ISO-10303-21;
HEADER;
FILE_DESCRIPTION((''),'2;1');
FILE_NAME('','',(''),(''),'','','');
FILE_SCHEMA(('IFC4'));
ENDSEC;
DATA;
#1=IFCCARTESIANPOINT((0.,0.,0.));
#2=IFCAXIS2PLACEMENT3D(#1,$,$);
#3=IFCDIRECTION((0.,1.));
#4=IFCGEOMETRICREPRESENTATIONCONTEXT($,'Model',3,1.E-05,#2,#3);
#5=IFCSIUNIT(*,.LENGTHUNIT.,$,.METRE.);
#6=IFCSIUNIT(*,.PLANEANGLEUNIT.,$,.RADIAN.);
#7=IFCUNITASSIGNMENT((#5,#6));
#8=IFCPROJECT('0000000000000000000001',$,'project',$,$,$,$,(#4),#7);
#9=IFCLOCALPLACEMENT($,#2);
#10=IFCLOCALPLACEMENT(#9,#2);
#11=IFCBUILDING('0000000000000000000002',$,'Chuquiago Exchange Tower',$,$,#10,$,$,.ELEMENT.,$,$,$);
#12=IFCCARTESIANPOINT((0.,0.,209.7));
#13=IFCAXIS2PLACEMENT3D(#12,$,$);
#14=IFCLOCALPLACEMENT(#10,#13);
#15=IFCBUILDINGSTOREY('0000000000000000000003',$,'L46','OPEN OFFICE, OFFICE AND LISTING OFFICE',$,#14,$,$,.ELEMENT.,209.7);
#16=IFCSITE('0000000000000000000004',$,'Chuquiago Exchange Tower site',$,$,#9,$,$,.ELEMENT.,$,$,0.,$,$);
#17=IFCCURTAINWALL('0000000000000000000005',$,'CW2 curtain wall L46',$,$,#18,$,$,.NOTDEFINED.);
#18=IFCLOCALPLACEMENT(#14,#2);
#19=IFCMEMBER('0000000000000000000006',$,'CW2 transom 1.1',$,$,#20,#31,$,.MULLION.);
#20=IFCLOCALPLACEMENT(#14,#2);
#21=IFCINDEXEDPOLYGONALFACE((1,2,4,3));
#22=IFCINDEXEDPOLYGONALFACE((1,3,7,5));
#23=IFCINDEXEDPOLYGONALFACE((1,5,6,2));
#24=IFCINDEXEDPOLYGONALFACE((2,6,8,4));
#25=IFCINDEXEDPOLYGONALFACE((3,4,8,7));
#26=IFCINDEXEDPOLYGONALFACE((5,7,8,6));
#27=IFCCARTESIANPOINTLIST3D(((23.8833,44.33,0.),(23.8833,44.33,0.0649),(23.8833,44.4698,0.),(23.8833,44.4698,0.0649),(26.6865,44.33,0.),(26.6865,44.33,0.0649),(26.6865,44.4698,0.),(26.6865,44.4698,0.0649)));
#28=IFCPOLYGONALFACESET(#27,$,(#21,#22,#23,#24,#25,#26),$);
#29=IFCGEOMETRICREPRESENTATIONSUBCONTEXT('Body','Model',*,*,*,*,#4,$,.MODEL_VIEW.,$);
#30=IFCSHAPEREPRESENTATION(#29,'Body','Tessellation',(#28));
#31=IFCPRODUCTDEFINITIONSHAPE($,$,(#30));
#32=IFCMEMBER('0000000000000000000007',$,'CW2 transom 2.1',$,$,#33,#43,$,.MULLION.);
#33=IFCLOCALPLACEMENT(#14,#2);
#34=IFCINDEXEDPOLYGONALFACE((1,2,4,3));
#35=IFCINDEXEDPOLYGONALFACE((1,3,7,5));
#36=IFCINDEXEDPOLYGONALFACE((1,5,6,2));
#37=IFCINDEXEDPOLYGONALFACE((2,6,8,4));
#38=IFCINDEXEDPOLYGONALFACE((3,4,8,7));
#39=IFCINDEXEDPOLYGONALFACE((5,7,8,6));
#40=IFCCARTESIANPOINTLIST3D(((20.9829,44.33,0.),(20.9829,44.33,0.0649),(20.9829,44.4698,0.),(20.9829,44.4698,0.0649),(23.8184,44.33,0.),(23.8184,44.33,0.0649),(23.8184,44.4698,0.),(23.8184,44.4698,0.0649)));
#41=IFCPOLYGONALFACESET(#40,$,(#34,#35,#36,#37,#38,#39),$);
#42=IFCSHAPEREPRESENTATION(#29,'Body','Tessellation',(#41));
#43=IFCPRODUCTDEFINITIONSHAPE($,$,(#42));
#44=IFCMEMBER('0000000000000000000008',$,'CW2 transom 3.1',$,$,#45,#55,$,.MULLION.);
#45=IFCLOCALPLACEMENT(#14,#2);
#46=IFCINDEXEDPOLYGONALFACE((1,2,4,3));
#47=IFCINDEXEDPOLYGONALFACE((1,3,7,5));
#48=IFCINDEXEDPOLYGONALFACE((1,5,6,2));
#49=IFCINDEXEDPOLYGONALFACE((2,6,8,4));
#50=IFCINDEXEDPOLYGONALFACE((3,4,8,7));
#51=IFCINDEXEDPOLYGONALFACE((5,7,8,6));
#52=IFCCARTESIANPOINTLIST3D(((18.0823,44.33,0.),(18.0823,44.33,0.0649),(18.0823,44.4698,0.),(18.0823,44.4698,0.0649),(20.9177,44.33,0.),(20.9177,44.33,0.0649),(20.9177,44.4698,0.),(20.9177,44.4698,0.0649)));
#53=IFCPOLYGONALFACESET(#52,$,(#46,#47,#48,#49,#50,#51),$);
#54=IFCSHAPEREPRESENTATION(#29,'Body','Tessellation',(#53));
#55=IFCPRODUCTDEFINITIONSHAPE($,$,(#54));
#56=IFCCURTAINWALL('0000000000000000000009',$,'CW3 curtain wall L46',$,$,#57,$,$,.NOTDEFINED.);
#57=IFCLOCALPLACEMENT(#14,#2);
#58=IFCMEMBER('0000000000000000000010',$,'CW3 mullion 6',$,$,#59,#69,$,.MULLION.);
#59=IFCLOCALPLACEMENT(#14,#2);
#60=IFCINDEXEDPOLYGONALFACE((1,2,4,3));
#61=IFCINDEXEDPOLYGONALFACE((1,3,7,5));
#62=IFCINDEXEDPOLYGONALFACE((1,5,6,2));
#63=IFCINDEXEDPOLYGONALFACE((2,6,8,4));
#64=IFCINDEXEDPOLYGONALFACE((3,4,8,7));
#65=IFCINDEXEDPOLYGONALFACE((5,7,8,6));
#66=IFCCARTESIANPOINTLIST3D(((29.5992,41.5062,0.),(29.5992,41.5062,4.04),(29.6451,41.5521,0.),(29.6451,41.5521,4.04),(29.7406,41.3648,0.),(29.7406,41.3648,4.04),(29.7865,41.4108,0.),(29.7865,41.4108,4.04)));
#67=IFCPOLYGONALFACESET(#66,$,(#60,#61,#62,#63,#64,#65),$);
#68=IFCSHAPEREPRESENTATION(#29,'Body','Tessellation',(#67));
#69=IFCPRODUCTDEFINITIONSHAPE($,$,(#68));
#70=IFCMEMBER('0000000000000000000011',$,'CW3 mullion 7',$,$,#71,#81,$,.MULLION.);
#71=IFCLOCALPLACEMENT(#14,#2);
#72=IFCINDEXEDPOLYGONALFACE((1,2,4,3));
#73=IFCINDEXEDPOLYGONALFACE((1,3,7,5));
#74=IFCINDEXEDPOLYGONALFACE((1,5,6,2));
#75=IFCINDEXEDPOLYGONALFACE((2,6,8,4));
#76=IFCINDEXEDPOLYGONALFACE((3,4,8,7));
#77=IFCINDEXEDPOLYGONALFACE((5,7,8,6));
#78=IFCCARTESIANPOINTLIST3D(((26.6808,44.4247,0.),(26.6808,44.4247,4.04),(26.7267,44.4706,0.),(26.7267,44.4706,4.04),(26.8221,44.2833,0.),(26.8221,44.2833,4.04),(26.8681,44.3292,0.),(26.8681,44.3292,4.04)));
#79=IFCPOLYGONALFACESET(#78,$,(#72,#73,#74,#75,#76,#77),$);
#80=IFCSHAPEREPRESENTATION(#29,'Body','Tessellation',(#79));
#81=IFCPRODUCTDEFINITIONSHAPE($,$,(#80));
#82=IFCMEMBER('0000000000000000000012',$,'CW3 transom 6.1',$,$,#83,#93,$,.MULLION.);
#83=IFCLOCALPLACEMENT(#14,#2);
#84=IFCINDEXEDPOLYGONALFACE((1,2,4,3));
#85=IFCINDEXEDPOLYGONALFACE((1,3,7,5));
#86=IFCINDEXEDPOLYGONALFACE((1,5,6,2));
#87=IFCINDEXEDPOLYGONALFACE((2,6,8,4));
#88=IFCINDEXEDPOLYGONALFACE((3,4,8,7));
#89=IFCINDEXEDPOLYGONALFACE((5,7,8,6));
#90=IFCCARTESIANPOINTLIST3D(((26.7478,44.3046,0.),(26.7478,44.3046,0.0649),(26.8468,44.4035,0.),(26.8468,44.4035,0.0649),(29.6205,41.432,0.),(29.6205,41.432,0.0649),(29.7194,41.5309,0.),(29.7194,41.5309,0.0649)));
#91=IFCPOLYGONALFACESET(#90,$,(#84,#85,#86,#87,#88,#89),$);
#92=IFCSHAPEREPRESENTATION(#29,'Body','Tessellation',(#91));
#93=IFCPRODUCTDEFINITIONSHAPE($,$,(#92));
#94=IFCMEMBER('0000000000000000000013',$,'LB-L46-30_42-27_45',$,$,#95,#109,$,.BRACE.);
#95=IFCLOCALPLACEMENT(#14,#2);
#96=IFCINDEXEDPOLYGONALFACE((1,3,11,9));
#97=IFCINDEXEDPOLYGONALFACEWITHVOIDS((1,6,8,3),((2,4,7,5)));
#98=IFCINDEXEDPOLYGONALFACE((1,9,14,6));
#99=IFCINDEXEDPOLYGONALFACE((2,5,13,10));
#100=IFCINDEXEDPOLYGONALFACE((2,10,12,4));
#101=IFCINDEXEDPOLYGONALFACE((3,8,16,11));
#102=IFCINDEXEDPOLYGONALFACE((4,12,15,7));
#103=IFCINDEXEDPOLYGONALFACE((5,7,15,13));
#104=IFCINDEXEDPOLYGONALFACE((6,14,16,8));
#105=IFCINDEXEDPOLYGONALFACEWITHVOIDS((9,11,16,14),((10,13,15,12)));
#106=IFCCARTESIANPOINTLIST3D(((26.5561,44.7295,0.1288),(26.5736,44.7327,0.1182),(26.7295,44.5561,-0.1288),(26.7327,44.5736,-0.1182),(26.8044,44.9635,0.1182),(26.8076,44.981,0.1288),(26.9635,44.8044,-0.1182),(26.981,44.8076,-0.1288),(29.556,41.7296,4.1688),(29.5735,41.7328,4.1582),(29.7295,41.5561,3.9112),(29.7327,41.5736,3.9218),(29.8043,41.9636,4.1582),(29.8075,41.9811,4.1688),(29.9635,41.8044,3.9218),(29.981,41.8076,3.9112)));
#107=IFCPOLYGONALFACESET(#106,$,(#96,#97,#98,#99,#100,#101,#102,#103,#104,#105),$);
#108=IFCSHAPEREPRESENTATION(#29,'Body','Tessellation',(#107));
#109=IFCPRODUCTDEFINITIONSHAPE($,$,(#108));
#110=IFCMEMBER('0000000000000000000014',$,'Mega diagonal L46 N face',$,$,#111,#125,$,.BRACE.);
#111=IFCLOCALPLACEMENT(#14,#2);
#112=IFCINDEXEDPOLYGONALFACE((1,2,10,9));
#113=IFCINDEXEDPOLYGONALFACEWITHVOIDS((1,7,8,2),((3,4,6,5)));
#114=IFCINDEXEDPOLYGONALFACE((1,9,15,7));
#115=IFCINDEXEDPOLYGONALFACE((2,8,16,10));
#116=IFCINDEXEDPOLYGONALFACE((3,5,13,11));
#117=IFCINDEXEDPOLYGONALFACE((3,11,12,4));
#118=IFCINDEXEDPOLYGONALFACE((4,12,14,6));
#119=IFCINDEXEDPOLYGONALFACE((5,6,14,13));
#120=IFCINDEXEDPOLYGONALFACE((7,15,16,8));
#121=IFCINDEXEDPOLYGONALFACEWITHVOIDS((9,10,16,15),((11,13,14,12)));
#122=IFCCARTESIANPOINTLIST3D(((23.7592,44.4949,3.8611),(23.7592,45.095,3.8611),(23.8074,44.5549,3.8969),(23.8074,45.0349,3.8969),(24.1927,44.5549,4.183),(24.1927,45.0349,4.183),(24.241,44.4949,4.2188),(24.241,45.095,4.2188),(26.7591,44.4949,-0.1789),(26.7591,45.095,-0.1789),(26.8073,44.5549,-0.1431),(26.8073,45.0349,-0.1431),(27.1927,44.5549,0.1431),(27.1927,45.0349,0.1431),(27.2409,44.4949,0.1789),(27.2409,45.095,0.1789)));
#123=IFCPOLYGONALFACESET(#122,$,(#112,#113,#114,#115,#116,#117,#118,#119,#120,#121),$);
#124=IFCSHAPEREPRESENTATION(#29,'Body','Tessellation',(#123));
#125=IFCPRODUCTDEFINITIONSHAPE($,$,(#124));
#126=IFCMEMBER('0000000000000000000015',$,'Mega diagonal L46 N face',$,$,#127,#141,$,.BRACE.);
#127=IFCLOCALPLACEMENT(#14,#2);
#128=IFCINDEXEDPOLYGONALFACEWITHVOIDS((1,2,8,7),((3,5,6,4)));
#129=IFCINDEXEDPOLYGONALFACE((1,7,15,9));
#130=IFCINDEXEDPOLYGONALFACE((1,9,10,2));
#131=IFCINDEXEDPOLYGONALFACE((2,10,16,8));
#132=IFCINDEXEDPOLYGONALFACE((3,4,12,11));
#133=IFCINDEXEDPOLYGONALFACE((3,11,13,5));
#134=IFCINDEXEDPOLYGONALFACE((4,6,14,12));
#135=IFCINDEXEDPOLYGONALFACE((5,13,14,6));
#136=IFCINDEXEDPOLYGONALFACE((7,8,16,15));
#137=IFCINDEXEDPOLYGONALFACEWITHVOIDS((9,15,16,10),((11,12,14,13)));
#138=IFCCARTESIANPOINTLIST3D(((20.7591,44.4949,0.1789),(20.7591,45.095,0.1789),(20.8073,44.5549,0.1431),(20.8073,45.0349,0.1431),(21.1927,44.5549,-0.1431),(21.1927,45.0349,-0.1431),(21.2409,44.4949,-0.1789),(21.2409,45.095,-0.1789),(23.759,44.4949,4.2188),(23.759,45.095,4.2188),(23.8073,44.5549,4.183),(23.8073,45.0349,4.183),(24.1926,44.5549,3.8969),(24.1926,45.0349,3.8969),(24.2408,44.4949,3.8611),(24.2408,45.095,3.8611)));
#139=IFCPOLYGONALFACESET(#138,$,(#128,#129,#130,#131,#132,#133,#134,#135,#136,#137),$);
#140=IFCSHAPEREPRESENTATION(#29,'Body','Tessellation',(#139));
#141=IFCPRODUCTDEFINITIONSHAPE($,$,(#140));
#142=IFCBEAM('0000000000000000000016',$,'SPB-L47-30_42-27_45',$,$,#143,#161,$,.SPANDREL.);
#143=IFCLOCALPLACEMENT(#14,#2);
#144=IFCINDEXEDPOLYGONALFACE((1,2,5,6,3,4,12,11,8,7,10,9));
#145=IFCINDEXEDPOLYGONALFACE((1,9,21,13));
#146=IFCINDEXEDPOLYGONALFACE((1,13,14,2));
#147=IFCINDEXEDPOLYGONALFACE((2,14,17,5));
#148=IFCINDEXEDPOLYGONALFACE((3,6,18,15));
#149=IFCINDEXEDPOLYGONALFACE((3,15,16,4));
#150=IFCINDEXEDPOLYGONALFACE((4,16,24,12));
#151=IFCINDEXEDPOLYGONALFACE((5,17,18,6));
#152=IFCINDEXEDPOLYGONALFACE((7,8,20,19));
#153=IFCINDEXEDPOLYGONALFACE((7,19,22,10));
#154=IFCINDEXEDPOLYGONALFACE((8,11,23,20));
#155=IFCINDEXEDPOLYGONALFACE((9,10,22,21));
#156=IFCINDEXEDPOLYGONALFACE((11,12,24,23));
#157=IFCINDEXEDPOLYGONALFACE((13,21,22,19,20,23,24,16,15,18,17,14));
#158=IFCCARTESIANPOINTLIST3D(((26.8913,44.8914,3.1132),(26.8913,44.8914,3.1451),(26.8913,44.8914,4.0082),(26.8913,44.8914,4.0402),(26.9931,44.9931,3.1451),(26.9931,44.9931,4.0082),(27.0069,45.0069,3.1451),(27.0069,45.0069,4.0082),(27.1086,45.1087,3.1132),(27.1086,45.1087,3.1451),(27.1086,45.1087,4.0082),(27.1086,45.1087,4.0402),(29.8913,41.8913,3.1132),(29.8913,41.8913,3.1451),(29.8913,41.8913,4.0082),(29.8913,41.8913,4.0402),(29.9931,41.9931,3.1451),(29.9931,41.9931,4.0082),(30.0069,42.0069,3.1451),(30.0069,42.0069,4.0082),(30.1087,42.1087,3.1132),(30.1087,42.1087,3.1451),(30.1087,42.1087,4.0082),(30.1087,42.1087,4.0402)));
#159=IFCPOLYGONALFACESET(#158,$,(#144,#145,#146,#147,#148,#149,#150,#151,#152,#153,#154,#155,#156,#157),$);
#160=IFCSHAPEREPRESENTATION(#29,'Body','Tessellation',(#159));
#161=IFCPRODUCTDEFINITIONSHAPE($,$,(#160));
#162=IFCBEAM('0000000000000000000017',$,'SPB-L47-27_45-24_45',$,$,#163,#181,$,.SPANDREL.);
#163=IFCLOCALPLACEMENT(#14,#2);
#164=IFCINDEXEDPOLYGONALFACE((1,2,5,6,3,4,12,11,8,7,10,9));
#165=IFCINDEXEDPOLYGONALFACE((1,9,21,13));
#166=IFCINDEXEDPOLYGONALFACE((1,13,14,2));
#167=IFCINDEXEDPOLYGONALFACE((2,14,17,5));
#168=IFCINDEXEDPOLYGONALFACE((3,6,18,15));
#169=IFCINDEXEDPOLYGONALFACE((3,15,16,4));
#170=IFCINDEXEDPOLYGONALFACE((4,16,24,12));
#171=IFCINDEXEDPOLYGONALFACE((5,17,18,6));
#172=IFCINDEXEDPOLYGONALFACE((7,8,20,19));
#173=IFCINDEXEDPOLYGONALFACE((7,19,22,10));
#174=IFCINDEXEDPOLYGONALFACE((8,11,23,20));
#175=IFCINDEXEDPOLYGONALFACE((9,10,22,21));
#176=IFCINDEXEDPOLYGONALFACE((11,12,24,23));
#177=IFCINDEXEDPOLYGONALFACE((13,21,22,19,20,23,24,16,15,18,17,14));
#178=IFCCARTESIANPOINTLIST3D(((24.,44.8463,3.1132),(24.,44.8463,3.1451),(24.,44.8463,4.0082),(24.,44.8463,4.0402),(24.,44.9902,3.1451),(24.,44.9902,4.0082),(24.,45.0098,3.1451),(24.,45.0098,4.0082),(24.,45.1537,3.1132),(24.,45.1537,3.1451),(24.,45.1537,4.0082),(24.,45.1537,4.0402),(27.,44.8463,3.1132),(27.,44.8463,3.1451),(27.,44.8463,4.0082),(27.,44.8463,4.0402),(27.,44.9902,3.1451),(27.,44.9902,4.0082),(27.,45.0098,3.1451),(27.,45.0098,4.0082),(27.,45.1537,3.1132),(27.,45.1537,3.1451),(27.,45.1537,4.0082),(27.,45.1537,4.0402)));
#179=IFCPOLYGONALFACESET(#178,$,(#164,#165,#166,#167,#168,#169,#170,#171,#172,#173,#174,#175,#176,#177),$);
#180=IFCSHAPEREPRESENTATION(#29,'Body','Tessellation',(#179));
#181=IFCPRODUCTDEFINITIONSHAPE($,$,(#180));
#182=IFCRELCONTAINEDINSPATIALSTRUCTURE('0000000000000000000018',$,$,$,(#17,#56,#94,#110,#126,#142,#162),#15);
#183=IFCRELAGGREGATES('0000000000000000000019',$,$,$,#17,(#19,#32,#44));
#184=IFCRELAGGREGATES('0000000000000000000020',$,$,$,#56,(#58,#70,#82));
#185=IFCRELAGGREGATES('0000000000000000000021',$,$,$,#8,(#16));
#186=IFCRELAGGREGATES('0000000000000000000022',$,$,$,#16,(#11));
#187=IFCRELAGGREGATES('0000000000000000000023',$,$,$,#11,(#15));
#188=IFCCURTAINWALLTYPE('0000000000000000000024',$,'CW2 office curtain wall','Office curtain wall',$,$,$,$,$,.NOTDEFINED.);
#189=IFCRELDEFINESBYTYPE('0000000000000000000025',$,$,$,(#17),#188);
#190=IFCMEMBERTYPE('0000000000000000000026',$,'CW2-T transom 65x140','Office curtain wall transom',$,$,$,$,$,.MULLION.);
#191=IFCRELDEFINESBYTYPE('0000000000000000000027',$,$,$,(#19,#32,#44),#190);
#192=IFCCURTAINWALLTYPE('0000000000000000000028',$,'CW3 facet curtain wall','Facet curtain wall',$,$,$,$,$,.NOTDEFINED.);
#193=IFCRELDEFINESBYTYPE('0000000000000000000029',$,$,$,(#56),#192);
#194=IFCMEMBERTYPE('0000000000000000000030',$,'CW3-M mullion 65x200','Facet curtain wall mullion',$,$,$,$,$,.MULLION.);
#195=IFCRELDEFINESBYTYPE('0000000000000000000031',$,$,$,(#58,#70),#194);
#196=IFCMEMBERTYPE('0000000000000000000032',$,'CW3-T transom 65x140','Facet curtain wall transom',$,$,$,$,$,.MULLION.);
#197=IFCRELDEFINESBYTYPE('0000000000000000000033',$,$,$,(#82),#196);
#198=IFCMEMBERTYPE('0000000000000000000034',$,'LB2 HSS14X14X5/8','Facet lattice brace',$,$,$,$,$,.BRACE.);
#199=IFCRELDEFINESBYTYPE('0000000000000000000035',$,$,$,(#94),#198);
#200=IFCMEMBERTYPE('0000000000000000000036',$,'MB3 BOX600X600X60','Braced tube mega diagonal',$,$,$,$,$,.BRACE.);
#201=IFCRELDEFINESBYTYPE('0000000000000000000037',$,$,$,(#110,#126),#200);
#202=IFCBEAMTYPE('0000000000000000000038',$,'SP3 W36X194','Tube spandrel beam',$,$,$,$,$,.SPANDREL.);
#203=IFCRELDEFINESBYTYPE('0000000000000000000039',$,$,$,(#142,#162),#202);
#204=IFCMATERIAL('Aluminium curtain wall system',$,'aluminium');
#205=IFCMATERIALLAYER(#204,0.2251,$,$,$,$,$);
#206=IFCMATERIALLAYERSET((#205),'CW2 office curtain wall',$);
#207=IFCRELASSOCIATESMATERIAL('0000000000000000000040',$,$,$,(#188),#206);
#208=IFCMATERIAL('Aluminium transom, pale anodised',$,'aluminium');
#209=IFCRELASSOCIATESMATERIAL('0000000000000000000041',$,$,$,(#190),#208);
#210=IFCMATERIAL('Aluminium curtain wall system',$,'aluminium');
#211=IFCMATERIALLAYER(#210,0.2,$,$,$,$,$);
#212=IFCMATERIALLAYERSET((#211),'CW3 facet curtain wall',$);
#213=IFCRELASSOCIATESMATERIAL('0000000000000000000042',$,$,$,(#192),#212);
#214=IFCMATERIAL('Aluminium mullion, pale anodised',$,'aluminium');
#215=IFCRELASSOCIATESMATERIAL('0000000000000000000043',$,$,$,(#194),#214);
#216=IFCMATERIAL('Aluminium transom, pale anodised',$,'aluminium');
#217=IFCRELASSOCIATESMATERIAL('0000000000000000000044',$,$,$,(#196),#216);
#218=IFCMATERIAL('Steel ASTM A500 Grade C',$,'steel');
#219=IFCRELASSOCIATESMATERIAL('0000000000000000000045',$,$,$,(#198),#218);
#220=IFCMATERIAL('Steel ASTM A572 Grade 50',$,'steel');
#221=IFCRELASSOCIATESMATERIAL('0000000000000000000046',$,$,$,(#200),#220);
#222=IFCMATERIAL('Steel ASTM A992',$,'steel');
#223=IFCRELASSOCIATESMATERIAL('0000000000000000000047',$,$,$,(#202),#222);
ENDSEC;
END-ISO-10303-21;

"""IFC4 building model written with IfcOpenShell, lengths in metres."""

from ifc_helpers import new_model, si_unit, direction, frame, origin, origin_2d, place, context, subcontext, project, spatial, rectangle, hollow_rectangle, i_section, extrude, material, layer, layer_set, material_profile, profile_set, type_object, element, aggregate, save


model = new_model("IFC4")

# Units and contexts
model_context = context("Model", 3, precision=1e-05, world=origin(), true_north=direction((0.0, 1.0)))
body_context = subcontext(model_context, "Body", "Model", "MODEL_VIEW")
ifc_project = project(units=[si_unit("LENGTHUNIT", "METRE"), si_unit("PLANEANGLEUNIT", "RADIAN")], contexts=[model_context])

# Site, building, storey
site_placement = place(None, origin())
site = spatial("IfcSite", under=ifc_project, at=site_placement, Name="Chuquiago Exchange Tower site", CompositionType="ELEMENT", RefElevation=0.0)
building_placement = place(site_placement, origin())
building = spatial("IfcBuilding", under=site, at=building_placement, Name="Chuquiago Exchange Tower", CompositionType="ELEMENT")
storey_placement = place(building_placement, frame((0.0, 0.0, 209.7)))
storey = spatial("IfcBuildingStorey", under=building, at=storey_placement, Name="L46", Description="OPEN OFFICE, OFFICE AND LISTING OFFICE", CompositionType="ELEMENT", Elevation=209.7)

# Curtain walls, members
ifc_material_1 = material(Name="Aluminium curtain wall system", Category="aluminium")
ifc_layer_1 = layer(ifc_material_1, 0.2251)
ifc_layer_set_1 = layer_set([ifc_layer_1], Name="CW2 office curtain wall")
curtain_wall_type_1 = type_object("IfcCurtainWallType", Name="CW2 office curtain wall", Description="Office curtain wall", PredefinedType="NOTDEFINED", material=ifc_layer_set_1)
curtain_wall_1_placement = place(storey_placement, origin())
curtain_wall_1 = element("IfcCurtainWall", 1, at=curtain_wall_1_placement, inside=storey, type_object=curtain_wall_type_1, Name="CW2 curtain wall L46", PredefinedType="NOTDEFINED")
ifc_material_2 = material(Name="Aluminium transom, pale anodised", Category="aluminium")
ifc_material_profile_1 = material_profile(ifc_material_2, rectangle(XDim=0.1399, YDim=0.0649, at=origin_2d()), Name="AL 140x65")
ifc_profile_set_1 = profile_set([ifc_material_profile_1], Name="Aluminium transom, pale anodised")
member_type_1 = type_object("IfcMemberType", Name="CW2-T transom 65x140", Description="Office curtain wall transom", PredefinedType="MULLION", material=ifc_profile_set_1)
member_1_placement = place(storey_placement, frame((26.6865, 44.3999, 0.0325), z_axis=(-1.0, 0.0, 0.0), x_axis=(0.0, -1.0, 0.0)))
member_1 = element("IfcMember", 2, at=member_1_placement, type_object=member_type_1, Name="CW2 transom 1.1", PredefinedType="MULLION", context=body_context, shape_type="SweptSolid", body=[
    extrude(rectangle(XDim=0.1399, YDim=0.0649, at=origin_2d()), origin(), (0.0, 0.0, 1.0), 2.8032),
])
member_2_placement = place(storey_placement, frame((23.8184, 44.3999, 0.0325), z_axis=(-1.0, 0.0, 0.0), x_axis=(0.0, -1.0, 0.0)))
member_2 = element("IfcMember", 3, at=member_2_placement, type_object=member_type_1, Name="CW2 transom 2.1", PredefinedType="MULLION", context=body_context, shape_type="SweptSolid", body=[
    extrude(rectangle(XDim=0.1399, YDim=0.0649, at=origin_2d()), origin(), (0.0, 0.0, 1.0), 2.8354),
])
member_3_placement = place(storey_placement, frame((20.9177, 44.3999, 0.0325), z_axis=(-1.0, 0.0, 0.0), x_axis=(0.0, -1.0, 0.0)))
member_3 = element("IfcMember", 4, at=member_3_placement, type_object=member_type_1, Name="CW2 transom 3.1", PredefinedType="MULLION", context=body_context, shape_type="SweptSolid", body=[
    extrude(rectangle(XDim=0.1399, YDim=0.0649, at=origin_2d()), origin(), (0.0, 0.0, 1.0), 2.8354),
])
ifc_material_3 = material(Name="Aluminium curtain wall system", Category="aluminium")
ifc_layer_2 = layer(ifc_material_3, 0.2)
ifc_layer_set_2 = layer_set([ifc_layer_2], Name="CW3 facet curtain wall")
curtain_wall_type_2 = type_object("IfcCurtainWallType", Name="CW3 facet curtain wall", Description="Facet curtain wall", PredefinedType="NOTDEFINED", material=ifc_layer_set_2)
curtain_wall_2_placement = place(storey_placement, origin())
curtain_wall_2 = element("IfcCurtainWall", 5, at=curtain_wall_2_placement, inside=storey, type_object=curtain_wall_type_2, Name="CW3 curtain wall L46", PredefinedType="NOTDEFINED")
ifc_material_4 = material(Name="Aluminium mullion, pale anodised", Category="aluminium")
ifc_material_profile_2 = material_profile(ifc_material_4, rectangle(XDim=0.0649, YDim=0.2, at=origin_2d()), Name="AL 65x200")
ifc_profile_set_2 = profile_set([ifc_material_profile_2], Name="Aluminium mullion, pale anodised")
member_type_2 = type_object("IfcMemberType", Name="CW3-M mullion 65x200", Description="Facet curtain wall mullion", PredefinedType="MULLION", material=ifc_profile_set_2)
member_4_placement = place(storey_placement, frame((29.6929, 41.4585, 0.0), z_axis=(0.0, 0.0, 1.0), x_axis=(-0.707107, -0.707107, 0.0)))
member_4 = element("IfcMember", 6, at=member_4_placement, type_object=member_type_2, Name="CW3 mullion 6", PredefinedType="MULLION", context=body_context, shape_type="SweptSolid", body=[
    extrude(rectangle(XDim=0.0649, YDim=0.2, at=origin_2d()), origin(), (0.0, 0.0, 1.0), 4.04),
])
member_5_placement = place(storey_placement, frame((26.7744, 44.377, 0.0), z_axis=(0.0, 0.0, 1.0), x_axis=(-0.707107, -0.707107, 0.0)))
member_5 = element("IfcMember", 7, at=member_5_placement, type_object=member_type_2, Name="CW3 mullion 7", PredefinedType="MULLION", context=body_context, shape_type="SweptSolid", body=[
    extrude(rectangle(XDim=0.0649, YDim=0.2, at=origin_2d()), origin(), (0.0, 0.0, 1.0), 4.04),
])
ifc_material_5 = material(Name="Aluminium transom, pale anodised", Category="aluminium")
ifc_material_profile_3 = material_profile(ifc_material_5, rectangle(XDim=0.1399, YDim=0.0649, at=origin_2d()), Name="AL 140x65")
ifc_profile_set_3 = profile_set([ifc_material_profile_3], Name="Aluminium transom, pale anodised")
member_type_3 = type_object("IfcMemberType", Name="CW3-T transom 65x140", Description="Facet curtain wall transom", PredefinedType="MULLION", material=ifc_profile_set_3)
member_6_placement = place(storey_placement, frame((29.6699, 41.4814, 0.0325), z_axis=(-0.707107, 0.707107, 0.0), x_axis=(-0.707107, -0.707107, 0.0)))
member_6 = element("IfcMember", 8, at=member_6_placement, type_object=member_type_3, Name="CW3 transom 6.1", PredefinedType="MULLION", context=body_context, shape_type="SweptSolid", body=[
    extrude(rectangle(XDim=0.1399, YDim=0.0649, at=origin_2d()), origin(), (0.0, 0.0, 1.0), 4.0625),
])

# Members
ifc_material_6 = material(Name="Steel ASTM A500 Grade C", Category="steel")
ifc_material_profile_4 = material_profile(ifc_material_6, hollow_rectangle(XDim=0.3557, YDim=0.3557, WallThickness=0.0146, at=origin_2d()), Name="HSS14X14X5/8")
ifc_profile_set_4 = profile_set([ifc_material_profile_4], Name="Steel ASTM A500 Grade C")
member_type_4 = type_object("IfcMemberType", Name="LB2 HSS14X14X5/8", Description="Facet lattice brace", PredefinedType="BRACE", material=ifc_profile_set_4)
member_7_placement = place(storey_placement, frame((26.7686, 44.7686, 0.0), z_axis=(0.512077, -0.512077, 0.689604), x_axis=(0.707107, 0.707107, 0.0)))
element("IfcMember", 9, at=member_7_placement, inside=storey, type_object=member_type_4, Name="LB-L46-30_42-27_45", PredefinedType="BRACE", context=body_context, shape_type="SweptSolid", body=[
    extrude(hollow_rectangle(XDim=0.3557, YDim=0.3557, WallThickness=0.0146, at=origin_2d()), origin(), (0.0, 0.0, 1.0), 5.8584),
])
ifc_material_7 = material(Name="Steel ASTM A572 Grade 50", Category="steel")
ifc_material_profile_5 = material_profile(ifc_material_7, hollow_rectangle(XDim=0.6001, YDim=0.6001, WallThickness=0.0601, at=origin_2d()), Name="BOX600X600X60")
ifc_profile_set_5 = profile_set([ifc_material_profile_5], Name="Steel ASTM A572 Grade 50")
member_type_5 = type_object("IfcMemberType", Name="MB3 BOX600X600X60", Description="Braced tube mega diagonal", PredefinedType="BRACE", material=ifc_profile_set_5)
for number, where, z_axis, x_axis, name in (
    (10, (27.0, 44.7949, 0.0), (-0.596174, 0.0, 0.802855), (0.0, -1.0, 0.0), "Mega diagonal L46 N face"),
    (11, (21.0, 44.7949, 0.0), (0.596174, 0.0, 0.802855), (0.0, 1.0, 0.0), "Mega diagonal L46 N face"),
):
    element("IfcMember", number, at=place(storey_placement, frame(where, z_axis=z_axis, x_axis=x_axis)), inside=storey, type_object=member_type_5, Name=name, PredefinedType="BRACE", context=body_context, shape_type="SweptSolid", body=[
        extrude(hollow_rectangle(XDim=0.6001, YDim=0.6001, WallThickness=0.0601, at=origin_2d()), origin(), (0.0, 0.0, 1.0), 5.032),
    ])

# Beams
ifc_material_8 = material(Name="Steel ASTM A992", Category="steel")
ifc_material_profile_6 = material_profile(ifc_material_8, i_section(OverallWidth=0.3074, OverallDepth=0.927, WebThickness=0.0195, FlangeThickness=0.032, at=origin_2d()), Name="W36X194")
ifc_profile_set_6 = profile_set([ifc_material_profile_6], Name="Steel ASTM A992")
beam_type_1 = type_object("IfcBeamType", Name="SP3 W36X194", Description="Tube spandrel beam", PredefinedType="SPANDREL", material=ifc_profile_set_6)
beam_1_placement = place(storey_placement, frame((30.0, 42.0, 3.5767), z_axis=(-0.707107, 0.707107, 0.0), x_axis=(-0.707107, -0.707107, 0.0)))
element("IfcBeam", 12, at=beam_1_placement, inside=storey, type_object=beam_type_1, Name="SPB-L47-30_42-27_45", PredefinedType="SPANDREL", context=body_context, shape_type="SweptSolid", body=[
    extrude(i_section(OverallWidth=0.3074, OverallDepth=0.927, WebThickness=0.0195, FlangeThickness=0.032, at=origin_2d()), origin(), (0.0, 0.0, 1.0), 4.2427),
])
for number, where, z_axis, x_axis, name in (
    (13, (27.0, 45.0, 3.5767), (-1.0, 0.0, 0.0), (0.0, -1.0, 0.0), "SPB-L47-27_45-24_45"),
):
    element("IfcBeam", number, at=place(storey_placement, frame(where, z_axis=z_axis, x_axis=x_axis)), inside=storey, type_object=beam_type_1, Name=name, PredefinedType="SPANDREL", context=body_context, shape_type="SweptSolid", body=[
        extrude(i_section(OverallWidth=0.3074, OverallDepth=0.927, WebThickness=0.0195, FlangeThickness=0.032, at=origin_2d()), origin(), (0.0, 0.0, 1.0), 3.0),
    ])

aggregate(curtain_wall_1, [member_1, member_2, member_3])
aggregate(curtain_wall_2, [member_4, member_5, member_6])

save(model, "model.ifc")
